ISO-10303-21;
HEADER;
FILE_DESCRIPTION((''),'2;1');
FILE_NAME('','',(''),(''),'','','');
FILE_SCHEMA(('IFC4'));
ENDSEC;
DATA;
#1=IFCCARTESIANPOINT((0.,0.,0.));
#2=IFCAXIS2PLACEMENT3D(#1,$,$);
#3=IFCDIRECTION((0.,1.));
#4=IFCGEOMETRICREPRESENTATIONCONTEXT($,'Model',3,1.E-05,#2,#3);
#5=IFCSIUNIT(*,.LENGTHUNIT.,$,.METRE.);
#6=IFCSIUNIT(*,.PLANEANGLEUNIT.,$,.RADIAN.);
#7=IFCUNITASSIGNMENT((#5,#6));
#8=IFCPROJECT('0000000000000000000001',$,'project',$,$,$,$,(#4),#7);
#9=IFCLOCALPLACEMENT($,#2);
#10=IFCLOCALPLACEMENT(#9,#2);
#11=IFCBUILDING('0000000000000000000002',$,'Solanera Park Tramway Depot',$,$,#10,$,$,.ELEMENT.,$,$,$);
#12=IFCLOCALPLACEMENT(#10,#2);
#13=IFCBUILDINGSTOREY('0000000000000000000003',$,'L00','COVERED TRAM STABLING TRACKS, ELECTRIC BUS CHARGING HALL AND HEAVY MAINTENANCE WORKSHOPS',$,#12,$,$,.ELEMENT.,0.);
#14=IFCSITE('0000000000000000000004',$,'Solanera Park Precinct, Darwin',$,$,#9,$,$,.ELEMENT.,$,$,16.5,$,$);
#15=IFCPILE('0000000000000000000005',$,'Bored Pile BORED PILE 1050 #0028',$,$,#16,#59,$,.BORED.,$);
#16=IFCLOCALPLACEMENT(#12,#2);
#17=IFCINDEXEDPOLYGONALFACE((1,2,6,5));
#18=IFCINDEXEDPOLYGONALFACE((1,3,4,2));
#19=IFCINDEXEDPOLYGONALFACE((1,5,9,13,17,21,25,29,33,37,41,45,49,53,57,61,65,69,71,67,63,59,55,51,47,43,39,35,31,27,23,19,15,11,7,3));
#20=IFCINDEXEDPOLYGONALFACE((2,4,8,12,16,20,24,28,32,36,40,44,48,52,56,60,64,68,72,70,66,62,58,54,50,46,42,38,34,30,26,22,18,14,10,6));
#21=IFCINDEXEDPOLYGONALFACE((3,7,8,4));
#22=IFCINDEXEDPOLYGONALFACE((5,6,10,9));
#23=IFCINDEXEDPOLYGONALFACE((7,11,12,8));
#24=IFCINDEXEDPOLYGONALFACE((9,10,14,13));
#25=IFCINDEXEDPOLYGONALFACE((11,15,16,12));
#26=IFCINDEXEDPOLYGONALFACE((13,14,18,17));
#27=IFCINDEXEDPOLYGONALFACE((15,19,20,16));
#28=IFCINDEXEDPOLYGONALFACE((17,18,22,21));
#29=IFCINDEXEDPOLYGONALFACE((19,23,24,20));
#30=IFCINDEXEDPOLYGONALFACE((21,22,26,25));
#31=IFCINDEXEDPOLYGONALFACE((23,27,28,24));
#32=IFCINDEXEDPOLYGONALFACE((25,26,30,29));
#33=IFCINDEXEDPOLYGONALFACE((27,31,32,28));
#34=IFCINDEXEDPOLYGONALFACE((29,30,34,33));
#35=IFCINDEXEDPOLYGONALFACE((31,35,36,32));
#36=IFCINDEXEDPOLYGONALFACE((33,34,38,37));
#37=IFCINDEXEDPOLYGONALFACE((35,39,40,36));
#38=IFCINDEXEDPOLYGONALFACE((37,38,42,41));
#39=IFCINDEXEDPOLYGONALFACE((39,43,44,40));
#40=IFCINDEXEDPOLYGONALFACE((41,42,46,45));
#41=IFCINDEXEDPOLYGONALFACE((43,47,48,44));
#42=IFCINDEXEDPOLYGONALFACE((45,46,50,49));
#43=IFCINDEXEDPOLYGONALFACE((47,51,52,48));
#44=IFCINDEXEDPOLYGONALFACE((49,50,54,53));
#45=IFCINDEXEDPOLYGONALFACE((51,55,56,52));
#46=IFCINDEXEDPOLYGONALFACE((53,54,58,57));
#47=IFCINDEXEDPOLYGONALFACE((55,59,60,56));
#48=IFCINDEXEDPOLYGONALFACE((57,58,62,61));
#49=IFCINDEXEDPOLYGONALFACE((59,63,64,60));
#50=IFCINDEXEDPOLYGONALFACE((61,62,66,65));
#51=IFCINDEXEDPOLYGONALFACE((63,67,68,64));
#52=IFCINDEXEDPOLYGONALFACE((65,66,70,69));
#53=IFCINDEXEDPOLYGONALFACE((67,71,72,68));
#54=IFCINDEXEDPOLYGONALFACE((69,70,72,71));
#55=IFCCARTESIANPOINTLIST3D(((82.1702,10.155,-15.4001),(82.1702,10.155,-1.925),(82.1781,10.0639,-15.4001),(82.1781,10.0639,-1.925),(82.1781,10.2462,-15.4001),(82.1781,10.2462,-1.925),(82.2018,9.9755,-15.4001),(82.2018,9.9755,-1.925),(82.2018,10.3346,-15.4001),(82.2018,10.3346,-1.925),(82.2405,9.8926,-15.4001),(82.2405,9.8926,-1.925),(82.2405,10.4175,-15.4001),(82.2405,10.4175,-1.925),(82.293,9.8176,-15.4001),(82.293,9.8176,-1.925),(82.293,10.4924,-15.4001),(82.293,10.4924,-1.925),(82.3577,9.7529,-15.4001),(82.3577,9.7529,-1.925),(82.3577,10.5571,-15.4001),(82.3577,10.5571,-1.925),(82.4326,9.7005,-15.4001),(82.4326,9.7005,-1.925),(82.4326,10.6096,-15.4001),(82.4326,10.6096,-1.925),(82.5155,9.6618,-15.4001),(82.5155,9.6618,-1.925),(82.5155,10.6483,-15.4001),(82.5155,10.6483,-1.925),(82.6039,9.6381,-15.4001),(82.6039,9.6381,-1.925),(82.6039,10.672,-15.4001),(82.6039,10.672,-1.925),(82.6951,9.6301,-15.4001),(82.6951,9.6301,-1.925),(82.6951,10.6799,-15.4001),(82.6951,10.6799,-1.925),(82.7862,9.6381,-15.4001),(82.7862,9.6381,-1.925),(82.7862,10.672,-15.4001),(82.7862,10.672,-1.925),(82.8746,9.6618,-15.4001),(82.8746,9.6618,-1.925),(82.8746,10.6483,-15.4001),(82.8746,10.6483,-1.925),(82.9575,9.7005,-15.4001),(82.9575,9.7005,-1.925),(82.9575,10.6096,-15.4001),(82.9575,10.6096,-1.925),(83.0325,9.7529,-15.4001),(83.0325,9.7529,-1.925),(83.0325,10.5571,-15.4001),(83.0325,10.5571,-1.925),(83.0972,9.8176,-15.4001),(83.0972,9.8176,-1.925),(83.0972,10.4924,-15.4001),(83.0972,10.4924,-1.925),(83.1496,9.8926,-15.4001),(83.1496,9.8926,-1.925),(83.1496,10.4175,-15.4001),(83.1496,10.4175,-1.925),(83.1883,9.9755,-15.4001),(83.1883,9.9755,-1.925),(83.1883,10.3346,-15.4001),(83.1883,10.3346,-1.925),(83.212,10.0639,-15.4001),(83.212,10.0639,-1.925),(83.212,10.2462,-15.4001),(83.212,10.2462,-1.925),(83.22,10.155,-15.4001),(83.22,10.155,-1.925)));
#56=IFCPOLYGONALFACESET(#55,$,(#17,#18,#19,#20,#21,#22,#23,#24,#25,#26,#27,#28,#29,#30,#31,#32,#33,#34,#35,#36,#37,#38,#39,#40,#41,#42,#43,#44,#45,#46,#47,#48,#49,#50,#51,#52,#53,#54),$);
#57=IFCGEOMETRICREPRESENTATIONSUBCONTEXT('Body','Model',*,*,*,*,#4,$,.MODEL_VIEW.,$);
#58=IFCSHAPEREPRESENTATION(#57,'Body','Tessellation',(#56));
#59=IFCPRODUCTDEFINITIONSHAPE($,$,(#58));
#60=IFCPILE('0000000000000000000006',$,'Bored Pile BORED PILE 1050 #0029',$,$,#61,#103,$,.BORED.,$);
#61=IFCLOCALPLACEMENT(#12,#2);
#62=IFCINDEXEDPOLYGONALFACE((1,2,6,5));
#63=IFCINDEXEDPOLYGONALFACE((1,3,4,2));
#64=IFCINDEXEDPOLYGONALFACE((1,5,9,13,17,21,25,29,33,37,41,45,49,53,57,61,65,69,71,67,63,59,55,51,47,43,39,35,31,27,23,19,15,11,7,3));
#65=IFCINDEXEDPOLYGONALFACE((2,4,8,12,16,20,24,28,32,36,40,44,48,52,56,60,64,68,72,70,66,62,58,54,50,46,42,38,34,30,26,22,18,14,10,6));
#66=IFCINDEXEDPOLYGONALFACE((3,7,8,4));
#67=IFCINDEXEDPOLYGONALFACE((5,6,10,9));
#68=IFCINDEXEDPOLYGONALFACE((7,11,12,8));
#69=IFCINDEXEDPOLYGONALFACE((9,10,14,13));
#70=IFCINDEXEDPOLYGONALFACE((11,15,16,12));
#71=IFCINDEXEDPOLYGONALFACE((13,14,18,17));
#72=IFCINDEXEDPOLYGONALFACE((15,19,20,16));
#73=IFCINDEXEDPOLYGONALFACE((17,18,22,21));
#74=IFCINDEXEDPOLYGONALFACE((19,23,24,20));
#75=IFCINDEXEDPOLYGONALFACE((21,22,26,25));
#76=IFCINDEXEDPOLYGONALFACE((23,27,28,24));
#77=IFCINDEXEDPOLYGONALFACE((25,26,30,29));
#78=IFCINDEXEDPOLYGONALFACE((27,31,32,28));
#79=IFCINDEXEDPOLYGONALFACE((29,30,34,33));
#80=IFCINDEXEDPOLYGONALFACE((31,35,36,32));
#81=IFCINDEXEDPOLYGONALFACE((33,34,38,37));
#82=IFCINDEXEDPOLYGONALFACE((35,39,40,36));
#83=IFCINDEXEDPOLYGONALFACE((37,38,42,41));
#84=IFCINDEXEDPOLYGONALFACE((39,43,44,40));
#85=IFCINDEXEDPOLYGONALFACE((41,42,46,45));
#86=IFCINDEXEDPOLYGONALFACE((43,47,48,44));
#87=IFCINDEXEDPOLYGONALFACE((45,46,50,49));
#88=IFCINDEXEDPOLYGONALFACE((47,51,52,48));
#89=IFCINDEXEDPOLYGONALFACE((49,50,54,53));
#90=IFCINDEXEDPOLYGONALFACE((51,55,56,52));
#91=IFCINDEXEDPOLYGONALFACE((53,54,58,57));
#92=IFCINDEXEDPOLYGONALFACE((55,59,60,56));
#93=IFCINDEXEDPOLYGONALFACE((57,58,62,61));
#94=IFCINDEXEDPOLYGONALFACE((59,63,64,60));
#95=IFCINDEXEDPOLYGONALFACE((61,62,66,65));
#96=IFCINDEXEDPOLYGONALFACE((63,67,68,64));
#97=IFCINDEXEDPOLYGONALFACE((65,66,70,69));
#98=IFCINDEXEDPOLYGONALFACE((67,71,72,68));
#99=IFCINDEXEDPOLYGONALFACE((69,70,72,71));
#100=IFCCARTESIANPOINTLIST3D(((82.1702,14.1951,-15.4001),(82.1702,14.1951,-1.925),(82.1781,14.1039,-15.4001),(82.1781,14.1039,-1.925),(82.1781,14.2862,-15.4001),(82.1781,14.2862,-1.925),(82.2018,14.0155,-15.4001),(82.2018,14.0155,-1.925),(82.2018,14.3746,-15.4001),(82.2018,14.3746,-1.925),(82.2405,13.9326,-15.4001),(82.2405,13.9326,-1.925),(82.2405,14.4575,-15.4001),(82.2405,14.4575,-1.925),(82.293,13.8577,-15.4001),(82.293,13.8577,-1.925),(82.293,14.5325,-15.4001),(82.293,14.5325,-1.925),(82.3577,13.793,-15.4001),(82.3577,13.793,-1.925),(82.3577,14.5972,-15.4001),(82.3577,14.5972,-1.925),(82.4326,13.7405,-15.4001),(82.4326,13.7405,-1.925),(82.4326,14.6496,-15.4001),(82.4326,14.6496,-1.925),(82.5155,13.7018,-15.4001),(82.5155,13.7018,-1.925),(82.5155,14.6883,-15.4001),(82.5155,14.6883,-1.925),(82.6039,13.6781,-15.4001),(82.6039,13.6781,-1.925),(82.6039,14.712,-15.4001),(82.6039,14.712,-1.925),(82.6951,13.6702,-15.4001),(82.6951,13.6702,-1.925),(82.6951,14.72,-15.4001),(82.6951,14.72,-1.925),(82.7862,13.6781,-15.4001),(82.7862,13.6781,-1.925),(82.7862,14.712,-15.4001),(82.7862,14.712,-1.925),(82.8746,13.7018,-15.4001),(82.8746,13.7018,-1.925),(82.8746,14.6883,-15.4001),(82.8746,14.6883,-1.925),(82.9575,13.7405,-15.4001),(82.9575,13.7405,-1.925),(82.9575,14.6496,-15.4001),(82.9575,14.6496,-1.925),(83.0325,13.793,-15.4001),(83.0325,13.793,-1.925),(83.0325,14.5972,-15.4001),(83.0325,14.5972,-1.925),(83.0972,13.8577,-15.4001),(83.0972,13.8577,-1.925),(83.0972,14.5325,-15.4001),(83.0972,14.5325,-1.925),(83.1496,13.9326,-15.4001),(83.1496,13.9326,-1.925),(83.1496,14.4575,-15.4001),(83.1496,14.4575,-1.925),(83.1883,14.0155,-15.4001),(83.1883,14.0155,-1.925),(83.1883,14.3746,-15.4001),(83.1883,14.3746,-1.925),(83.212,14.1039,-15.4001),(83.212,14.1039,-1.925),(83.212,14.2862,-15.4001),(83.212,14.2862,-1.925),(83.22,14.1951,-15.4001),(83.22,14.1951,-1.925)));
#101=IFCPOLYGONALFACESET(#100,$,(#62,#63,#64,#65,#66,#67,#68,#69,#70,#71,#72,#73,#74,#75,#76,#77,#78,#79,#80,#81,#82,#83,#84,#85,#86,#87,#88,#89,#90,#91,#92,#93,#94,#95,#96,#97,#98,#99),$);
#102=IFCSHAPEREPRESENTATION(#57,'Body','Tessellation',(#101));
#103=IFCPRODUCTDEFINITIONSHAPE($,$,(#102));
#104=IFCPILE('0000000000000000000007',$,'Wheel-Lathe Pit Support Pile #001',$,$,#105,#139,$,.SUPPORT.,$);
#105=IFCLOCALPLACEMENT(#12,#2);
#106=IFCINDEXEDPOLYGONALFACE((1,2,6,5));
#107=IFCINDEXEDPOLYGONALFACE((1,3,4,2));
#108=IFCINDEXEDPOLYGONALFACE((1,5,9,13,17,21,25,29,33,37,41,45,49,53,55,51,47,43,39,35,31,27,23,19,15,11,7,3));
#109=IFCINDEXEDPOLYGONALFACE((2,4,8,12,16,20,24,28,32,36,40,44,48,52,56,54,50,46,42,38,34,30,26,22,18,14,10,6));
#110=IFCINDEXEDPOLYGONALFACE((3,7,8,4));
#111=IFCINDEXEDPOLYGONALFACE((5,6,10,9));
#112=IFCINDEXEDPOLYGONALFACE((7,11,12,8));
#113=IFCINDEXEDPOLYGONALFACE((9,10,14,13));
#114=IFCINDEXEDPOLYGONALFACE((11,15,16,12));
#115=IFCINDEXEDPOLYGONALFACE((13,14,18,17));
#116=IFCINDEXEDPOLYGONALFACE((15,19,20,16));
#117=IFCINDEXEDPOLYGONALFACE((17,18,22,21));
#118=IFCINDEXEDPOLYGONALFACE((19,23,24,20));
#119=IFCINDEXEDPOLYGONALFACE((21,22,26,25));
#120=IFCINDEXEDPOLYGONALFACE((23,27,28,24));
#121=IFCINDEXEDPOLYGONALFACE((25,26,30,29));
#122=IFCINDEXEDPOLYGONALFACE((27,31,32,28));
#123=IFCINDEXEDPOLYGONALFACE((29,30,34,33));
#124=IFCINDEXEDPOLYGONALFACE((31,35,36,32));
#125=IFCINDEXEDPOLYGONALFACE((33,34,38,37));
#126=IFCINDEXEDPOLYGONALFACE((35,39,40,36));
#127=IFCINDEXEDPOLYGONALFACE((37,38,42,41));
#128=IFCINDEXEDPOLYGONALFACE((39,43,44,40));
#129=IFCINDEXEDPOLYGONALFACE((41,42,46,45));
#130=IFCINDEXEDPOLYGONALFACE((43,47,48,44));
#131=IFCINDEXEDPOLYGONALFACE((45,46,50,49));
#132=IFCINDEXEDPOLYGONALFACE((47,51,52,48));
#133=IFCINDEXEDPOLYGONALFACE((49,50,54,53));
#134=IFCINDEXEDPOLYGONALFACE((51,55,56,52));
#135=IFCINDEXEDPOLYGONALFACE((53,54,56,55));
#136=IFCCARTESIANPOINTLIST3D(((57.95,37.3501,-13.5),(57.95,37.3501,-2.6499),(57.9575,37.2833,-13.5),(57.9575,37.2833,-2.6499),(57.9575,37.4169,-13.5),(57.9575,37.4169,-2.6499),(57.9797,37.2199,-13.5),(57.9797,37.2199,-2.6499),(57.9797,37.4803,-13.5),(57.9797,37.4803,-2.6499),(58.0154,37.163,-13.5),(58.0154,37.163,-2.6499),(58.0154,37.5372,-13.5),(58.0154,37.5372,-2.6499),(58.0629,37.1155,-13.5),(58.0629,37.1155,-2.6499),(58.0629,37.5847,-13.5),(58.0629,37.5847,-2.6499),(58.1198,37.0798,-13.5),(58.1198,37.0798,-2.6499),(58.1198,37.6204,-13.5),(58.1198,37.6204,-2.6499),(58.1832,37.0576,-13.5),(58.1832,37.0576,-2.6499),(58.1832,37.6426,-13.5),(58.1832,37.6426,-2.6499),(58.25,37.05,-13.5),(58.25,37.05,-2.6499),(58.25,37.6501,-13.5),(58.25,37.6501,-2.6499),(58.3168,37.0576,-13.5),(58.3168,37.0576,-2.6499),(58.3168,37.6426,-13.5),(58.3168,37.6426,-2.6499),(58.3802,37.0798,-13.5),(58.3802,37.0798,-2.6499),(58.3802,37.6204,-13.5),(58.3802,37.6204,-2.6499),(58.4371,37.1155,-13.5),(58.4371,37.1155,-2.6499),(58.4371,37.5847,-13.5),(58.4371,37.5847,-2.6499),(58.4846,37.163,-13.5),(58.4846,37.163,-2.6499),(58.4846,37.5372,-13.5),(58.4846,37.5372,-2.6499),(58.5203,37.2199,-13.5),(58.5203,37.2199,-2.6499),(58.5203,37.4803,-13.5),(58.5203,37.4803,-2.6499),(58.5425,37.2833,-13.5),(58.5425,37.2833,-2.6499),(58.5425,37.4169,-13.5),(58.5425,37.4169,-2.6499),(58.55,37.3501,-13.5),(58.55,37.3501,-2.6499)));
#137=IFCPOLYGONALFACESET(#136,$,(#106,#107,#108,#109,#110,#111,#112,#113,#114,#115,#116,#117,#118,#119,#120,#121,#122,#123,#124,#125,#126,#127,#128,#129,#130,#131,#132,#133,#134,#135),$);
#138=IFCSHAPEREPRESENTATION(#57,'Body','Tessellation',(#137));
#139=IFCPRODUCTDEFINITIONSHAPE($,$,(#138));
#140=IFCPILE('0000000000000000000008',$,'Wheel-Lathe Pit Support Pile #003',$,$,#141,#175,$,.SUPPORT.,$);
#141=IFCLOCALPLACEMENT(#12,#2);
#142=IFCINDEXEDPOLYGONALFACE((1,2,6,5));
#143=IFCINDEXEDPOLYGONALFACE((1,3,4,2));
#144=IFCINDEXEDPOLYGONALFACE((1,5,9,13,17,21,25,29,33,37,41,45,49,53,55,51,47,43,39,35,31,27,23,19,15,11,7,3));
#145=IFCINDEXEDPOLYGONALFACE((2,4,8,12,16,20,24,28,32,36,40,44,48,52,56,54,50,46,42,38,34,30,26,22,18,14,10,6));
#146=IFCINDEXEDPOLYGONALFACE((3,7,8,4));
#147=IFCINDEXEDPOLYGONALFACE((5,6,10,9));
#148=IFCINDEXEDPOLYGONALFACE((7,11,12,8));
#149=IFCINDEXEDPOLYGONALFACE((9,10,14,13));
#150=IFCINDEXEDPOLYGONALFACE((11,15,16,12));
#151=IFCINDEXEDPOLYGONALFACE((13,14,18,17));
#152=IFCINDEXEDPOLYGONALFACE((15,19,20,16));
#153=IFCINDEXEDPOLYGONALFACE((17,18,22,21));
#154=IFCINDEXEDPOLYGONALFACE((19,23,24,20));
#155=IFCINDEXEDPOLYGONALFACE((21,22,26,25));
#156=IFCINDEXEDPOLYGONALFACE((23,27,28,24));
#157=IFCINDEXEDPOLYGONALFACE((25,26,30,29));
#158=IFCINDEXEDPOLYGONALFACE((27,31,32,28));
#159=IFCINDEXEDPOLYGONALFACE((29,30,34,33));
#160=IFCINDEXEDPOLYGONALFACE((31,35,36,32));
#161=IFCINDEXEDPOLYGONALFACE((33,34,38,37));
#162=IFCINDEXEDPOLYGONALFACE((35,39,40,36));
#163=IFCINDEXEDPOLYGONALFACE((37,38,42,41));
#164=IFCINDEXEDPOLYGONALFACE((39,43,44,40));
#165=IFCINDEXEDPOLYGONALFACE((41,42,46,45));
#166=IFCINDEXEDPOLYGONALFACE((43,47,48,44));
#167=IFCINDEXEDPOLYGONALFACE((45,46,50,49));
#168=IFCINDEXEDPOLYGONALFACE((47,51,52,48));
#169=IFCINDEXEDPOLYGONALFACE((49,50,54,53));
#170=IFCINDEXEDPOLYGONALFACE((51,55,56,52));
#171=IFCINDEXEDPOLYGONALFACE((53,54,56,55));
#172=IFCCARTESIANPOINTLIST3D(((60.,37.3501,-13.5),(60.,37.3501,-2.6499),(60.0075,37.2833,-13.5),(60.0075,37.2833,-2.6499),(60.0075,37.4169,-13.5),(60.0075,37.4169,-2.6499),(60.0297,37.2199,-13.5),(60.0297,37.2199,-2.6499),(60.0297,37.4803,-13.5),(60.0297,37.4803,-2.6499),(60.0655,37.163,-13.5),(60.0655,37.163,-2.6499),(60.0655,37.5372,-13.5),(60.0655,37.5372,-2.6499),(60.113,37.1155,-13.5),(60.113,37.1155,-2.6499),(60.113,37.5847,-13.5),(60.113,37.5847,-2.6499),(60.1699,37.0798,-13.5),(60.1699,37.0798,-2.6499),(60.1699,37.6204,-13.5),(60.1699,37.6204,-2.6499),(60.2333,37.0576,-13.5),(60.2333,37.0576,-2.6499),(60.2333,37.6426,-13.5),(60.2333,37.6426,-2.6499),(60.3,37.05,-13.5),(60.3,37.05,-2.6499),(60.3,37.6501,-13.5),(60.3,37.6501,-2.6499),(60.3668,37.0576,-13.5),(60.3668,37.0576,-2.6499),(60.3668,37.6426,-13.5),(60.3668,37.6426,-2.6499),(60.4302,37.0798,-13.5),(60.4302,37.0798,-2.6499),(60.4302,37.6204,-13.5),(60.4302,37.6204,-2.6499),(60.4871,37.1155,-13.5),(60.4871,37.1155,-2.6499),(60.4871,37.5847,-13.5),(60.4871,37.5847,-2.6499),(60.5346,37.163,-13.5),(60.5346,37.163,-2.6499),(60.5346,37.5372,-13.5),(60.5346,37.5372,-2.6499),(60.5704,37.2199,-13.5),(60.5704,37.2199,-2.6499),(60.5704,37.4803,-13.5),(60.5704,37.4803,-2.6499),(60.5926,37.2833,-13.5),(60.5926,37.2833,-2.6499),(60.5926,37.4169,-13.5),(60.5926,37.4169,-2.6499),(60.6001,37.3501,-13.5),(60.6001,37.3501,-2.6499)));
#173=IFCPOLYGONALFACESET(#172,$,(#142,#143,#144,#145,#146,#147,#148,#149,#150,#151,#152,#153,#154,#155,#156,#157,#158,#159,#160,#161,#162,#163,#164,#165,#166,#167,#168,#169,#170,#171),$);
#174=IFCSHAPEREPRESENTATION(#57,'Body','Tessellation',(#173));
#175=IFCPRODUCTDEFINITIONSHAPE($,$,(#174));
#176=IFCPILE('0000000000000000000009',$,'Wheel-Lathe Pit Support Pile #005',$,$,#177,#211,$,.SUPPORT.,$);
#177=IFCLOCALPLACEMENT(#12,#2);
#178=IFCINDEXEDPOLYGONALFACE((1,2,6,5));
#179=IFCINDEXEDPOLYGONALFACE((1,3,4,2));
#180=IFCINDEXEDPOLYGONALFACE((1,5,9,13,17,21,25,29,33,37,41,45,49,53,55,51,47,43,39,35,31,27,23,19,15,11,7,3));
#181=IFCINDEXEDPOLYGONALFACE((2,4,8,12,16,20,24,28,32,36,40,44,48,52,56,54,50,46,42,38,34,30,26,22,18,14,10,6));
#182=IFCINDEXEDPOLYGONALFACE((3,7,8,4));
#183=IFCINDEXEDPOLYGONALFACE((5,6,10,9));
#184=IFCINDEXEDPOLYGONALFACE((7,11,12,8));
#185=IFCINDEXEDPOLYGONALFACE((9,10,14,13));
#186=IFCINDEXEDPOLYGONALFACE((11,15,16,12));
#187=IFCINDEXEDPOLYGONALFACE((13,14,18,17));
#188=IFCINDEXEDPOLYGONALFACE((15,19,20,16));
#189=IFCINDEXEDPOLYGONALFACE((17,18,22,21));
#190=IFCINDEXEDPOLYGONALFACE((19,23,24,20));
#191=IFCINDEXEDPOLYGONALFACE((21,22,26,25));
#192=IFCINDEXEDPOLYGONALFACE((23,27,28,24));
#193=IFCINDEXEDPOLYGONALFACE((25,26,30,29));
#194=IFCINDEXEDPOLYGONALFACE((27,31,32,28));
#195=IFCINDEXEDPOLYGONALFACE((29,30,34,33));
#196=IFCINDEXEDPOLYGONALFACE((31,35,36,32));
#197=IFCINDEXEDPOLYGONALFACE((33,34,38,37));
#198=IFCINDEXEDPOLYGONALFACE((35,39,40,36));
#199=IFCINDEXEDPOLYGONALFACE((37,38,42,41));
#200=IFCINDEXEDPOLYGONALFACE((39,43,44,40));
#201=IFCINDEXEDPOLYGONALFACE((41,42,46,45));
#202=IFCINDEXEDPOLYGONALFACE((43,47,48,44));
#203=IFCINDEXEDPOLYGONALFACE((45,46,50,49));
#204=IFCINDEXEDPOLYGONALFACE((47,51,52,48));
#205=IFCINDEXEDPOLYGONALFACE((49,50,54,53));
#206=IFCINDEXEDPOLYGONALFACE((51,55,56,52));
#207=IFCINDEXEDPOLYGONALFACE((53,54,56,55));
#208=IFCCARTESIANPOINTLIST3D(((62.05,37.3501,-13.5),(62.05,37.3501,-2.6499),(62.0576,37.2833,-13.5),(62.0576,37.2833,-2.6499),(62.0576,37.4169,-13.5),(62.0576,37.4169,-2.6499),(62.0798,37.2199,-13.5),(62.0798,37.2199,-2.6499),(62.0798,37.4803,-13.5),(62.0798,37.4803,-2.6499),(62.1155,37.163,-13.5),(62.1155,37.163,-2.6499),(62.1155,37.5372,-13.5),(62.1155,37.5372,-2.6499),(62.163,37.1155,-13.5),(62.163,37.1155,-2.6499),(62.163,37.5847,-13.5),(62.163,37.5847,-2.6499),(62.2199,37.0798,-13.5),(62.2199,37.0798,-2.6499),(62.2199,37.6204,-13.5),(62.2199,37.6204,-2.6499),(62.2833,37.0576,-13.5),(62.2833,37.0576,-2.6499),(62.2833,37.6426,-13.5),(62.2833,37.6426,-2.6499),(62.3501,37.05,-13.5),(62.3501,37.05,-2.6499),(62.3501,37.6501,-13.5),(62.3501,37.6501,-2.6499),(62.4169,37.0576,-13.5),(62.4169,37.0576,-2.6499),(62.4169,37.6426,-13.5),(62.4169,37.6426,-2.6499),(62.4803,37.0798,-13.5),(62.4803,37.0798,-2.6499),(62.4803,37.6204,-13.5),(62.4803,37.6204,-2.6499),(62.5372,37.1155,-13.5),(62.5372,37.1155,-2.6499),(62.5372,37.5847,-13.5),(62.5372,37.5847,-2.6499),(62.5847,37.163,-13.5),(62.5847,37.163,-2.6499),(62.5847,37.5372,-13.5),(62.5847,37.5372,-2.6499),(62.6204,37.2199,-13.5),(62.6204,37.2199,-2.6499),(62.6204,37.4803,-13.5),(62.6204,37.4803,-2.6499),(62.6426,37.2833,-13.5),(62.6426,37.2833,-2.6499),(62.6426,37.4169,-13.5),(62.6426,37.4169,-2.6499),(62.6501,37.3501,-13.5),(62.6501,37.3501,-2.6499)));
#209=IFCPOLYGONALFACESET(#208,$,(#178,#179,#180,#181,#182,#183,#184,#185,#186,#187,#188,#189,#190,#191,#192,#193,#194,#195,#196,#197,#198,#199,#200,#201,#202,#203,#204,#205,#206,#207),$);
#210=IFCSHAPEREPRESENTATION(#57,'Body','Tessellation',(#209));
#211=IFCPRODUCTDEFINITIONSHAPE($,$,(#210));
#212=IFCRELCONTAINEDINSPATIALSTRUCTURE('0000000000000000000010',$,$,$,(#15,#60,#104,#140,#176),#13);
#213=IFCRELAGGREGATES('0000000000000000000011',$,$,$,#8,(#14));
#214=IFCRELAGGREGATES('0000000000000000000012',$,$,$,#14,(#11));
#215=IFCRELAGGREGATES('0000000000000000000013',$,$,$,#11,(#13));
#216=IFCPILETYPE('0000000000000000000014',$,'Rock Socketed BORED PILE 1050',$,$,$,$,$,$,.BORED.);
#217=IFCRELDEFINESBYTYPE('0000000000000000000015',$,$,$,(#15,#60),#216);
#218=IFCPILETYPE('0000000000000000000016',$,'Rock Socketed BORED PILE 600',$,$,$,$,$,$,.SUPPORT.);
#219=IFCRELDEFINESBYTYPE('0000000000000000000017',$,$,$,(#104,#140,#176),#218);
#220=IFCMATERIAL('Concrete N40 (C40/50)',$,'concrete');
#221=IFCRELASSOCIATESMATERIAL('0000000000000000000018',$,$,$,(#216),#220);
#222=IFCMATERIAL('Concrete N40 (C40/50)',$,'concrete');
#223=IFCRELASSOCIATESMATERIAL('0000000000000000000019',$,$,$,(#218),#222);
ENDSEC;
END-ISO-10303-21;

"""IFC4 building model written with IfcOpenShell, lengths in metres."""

from ifc_helpers import new_model, si_unit, direction, frame, origin, origin_2d, place, context, subcontext, project, spatial, circle, extrude, material, material_profile, profile_set, type_object, element, save


model = new_model("IFC4")

# Units and contexts
model_context = context("Model", 3, precision=1e-05, world=origin(), true_north=direction((0.0, 1.0)))
body_context = subcontext(model_context, "Body", "Model", "MODEL_VIEW")
ifc_project = project(units=[si_unit("LENGTHUNIT", "METRE"), si_unit("PLANEANGLEUNIT", "RADIAN")], contexts=[model_context])

# Site, building, storey
site_placement = place(None, origin())
site = spatial("IfcSite", under=ifc_project, at=site_placement, Name="Solanera Park Precinct, Darwin", CompositionType="ELEMENT", RefElevation=16.5)
building_placement = place(site_placement, origin())
building = spatial("IfcBuilding", under=site, at=building_placement, Name="Solanera Park Tramway Depot", CompositionType="ELEMENT")
storey_placement = place(building_placement, origin())
storey = spatial("IfcBuildingStorey", under=building, at=storey_placement, Name="L00", Description="COVERED TRAM STABLING TRACKS, ELECTRIC BUS CHARGING HALL AND HEAVY MAINTENANCE WORKSHOPS", CompositionType="ELEMENT", Elevation=0.0)

# Piles
ifc_material_1 = material(Name="Concrete N40 (C40/50)", Category="concrete")
ifc_material_profile_1 = material_profile(ifc_material_1, circle(Radius=0.5249, at=origin_2d()), Name="BORED PILE 1050")
ifc_profile_set_1 = profile_set([ifc_material_profile_1], Name="Concrete N40 (C40/50)")
pile_type_1 = type_object("IfcPileType", Name="Rock Socketed BORED PILE 1050", PredefinedType="BORED", material=ifc_profile_set_1)
for number, where, z_axis, x_axis, name in (
    (1, (82.6951, 10.155, -1.925), (0.0, 0.0, -1.0), (1.0, 0.0, 0.0), "Bored Pile BORED PILE 1050 #0028"),
    (2, (82.6951, 14.1951, -1.925), (0.0, 0.0, -1.0), (1.0, 0.0, 0.0), "Bored Pile BORED PILE 1050 #0029"),
):
    element("IfcPile", number, at=place(storey_placement, frame(where, z_axis=z_axis, x_axis=x_axis)), inside=storey, type_object=pile_type_1, Name=name, PredefinedType="BORED", context=body_context, shape_type="SweptSolid", body=[
        extrude(circle(Radius=0.5249, at=origin_2d()), origin(), (0.0, 0.0, 1.0), 13.4751),
    ])
ifc_material_2 = material(Name="Concrete N40 (C40/50)", Category="concrete")
ifc_material_profile_2 = material_profile(ifc_material_2, circle(Radius=0.3, at=origin_2d()), Name="BORED PILE 600")
ifc_profile_set_2 = profile_set([ifc_material_profile_2], Name="Concrete N40 (C40/50)")
pile_type_2 = type_object("IfcPileType", Name="Rock Socketed BORED PILE 600", PredefinedType="SUPPORT", material=ifc_profile_set_2)
for number, where, z_axis, x_axis, name in (
    (3, (58.25, 37.3501, -2.6499), (0.0, 0.0, -1.0), (1.0, 0.0, 0.0), "Wheel-Lathe Pit Support Pile #001"),
    (4, (60.3, 37.3501, -2.6499), (0.0, 0.0, -1.0), (1.0, 0.0, 0.0), "Wheel-Lathe Pit Support Pile #003"),
    (5, (62.3501, 37.3501, -2.6499), (0.0, 0.0, -1.0), (1.0, 0.0, 0.0), "Wheel-Lathe Pit Support Pile #005"),
):
    element("IfcPile", number, at=place(storey_placement, frame(where, z_axis=z_axis, x_axis=x_axis)), inside=storey, type_object=pile_type_2, Name=name, PredefinedType="SUPPORT", context=body_context, shape_type="SweptSolid", body=[
        extrude(circle(Radius=0.3, at=origin_2d()), origin(), (0.0, 0.0, 1.0), 10.8501),
    ])

save(model, "model.ifc")
